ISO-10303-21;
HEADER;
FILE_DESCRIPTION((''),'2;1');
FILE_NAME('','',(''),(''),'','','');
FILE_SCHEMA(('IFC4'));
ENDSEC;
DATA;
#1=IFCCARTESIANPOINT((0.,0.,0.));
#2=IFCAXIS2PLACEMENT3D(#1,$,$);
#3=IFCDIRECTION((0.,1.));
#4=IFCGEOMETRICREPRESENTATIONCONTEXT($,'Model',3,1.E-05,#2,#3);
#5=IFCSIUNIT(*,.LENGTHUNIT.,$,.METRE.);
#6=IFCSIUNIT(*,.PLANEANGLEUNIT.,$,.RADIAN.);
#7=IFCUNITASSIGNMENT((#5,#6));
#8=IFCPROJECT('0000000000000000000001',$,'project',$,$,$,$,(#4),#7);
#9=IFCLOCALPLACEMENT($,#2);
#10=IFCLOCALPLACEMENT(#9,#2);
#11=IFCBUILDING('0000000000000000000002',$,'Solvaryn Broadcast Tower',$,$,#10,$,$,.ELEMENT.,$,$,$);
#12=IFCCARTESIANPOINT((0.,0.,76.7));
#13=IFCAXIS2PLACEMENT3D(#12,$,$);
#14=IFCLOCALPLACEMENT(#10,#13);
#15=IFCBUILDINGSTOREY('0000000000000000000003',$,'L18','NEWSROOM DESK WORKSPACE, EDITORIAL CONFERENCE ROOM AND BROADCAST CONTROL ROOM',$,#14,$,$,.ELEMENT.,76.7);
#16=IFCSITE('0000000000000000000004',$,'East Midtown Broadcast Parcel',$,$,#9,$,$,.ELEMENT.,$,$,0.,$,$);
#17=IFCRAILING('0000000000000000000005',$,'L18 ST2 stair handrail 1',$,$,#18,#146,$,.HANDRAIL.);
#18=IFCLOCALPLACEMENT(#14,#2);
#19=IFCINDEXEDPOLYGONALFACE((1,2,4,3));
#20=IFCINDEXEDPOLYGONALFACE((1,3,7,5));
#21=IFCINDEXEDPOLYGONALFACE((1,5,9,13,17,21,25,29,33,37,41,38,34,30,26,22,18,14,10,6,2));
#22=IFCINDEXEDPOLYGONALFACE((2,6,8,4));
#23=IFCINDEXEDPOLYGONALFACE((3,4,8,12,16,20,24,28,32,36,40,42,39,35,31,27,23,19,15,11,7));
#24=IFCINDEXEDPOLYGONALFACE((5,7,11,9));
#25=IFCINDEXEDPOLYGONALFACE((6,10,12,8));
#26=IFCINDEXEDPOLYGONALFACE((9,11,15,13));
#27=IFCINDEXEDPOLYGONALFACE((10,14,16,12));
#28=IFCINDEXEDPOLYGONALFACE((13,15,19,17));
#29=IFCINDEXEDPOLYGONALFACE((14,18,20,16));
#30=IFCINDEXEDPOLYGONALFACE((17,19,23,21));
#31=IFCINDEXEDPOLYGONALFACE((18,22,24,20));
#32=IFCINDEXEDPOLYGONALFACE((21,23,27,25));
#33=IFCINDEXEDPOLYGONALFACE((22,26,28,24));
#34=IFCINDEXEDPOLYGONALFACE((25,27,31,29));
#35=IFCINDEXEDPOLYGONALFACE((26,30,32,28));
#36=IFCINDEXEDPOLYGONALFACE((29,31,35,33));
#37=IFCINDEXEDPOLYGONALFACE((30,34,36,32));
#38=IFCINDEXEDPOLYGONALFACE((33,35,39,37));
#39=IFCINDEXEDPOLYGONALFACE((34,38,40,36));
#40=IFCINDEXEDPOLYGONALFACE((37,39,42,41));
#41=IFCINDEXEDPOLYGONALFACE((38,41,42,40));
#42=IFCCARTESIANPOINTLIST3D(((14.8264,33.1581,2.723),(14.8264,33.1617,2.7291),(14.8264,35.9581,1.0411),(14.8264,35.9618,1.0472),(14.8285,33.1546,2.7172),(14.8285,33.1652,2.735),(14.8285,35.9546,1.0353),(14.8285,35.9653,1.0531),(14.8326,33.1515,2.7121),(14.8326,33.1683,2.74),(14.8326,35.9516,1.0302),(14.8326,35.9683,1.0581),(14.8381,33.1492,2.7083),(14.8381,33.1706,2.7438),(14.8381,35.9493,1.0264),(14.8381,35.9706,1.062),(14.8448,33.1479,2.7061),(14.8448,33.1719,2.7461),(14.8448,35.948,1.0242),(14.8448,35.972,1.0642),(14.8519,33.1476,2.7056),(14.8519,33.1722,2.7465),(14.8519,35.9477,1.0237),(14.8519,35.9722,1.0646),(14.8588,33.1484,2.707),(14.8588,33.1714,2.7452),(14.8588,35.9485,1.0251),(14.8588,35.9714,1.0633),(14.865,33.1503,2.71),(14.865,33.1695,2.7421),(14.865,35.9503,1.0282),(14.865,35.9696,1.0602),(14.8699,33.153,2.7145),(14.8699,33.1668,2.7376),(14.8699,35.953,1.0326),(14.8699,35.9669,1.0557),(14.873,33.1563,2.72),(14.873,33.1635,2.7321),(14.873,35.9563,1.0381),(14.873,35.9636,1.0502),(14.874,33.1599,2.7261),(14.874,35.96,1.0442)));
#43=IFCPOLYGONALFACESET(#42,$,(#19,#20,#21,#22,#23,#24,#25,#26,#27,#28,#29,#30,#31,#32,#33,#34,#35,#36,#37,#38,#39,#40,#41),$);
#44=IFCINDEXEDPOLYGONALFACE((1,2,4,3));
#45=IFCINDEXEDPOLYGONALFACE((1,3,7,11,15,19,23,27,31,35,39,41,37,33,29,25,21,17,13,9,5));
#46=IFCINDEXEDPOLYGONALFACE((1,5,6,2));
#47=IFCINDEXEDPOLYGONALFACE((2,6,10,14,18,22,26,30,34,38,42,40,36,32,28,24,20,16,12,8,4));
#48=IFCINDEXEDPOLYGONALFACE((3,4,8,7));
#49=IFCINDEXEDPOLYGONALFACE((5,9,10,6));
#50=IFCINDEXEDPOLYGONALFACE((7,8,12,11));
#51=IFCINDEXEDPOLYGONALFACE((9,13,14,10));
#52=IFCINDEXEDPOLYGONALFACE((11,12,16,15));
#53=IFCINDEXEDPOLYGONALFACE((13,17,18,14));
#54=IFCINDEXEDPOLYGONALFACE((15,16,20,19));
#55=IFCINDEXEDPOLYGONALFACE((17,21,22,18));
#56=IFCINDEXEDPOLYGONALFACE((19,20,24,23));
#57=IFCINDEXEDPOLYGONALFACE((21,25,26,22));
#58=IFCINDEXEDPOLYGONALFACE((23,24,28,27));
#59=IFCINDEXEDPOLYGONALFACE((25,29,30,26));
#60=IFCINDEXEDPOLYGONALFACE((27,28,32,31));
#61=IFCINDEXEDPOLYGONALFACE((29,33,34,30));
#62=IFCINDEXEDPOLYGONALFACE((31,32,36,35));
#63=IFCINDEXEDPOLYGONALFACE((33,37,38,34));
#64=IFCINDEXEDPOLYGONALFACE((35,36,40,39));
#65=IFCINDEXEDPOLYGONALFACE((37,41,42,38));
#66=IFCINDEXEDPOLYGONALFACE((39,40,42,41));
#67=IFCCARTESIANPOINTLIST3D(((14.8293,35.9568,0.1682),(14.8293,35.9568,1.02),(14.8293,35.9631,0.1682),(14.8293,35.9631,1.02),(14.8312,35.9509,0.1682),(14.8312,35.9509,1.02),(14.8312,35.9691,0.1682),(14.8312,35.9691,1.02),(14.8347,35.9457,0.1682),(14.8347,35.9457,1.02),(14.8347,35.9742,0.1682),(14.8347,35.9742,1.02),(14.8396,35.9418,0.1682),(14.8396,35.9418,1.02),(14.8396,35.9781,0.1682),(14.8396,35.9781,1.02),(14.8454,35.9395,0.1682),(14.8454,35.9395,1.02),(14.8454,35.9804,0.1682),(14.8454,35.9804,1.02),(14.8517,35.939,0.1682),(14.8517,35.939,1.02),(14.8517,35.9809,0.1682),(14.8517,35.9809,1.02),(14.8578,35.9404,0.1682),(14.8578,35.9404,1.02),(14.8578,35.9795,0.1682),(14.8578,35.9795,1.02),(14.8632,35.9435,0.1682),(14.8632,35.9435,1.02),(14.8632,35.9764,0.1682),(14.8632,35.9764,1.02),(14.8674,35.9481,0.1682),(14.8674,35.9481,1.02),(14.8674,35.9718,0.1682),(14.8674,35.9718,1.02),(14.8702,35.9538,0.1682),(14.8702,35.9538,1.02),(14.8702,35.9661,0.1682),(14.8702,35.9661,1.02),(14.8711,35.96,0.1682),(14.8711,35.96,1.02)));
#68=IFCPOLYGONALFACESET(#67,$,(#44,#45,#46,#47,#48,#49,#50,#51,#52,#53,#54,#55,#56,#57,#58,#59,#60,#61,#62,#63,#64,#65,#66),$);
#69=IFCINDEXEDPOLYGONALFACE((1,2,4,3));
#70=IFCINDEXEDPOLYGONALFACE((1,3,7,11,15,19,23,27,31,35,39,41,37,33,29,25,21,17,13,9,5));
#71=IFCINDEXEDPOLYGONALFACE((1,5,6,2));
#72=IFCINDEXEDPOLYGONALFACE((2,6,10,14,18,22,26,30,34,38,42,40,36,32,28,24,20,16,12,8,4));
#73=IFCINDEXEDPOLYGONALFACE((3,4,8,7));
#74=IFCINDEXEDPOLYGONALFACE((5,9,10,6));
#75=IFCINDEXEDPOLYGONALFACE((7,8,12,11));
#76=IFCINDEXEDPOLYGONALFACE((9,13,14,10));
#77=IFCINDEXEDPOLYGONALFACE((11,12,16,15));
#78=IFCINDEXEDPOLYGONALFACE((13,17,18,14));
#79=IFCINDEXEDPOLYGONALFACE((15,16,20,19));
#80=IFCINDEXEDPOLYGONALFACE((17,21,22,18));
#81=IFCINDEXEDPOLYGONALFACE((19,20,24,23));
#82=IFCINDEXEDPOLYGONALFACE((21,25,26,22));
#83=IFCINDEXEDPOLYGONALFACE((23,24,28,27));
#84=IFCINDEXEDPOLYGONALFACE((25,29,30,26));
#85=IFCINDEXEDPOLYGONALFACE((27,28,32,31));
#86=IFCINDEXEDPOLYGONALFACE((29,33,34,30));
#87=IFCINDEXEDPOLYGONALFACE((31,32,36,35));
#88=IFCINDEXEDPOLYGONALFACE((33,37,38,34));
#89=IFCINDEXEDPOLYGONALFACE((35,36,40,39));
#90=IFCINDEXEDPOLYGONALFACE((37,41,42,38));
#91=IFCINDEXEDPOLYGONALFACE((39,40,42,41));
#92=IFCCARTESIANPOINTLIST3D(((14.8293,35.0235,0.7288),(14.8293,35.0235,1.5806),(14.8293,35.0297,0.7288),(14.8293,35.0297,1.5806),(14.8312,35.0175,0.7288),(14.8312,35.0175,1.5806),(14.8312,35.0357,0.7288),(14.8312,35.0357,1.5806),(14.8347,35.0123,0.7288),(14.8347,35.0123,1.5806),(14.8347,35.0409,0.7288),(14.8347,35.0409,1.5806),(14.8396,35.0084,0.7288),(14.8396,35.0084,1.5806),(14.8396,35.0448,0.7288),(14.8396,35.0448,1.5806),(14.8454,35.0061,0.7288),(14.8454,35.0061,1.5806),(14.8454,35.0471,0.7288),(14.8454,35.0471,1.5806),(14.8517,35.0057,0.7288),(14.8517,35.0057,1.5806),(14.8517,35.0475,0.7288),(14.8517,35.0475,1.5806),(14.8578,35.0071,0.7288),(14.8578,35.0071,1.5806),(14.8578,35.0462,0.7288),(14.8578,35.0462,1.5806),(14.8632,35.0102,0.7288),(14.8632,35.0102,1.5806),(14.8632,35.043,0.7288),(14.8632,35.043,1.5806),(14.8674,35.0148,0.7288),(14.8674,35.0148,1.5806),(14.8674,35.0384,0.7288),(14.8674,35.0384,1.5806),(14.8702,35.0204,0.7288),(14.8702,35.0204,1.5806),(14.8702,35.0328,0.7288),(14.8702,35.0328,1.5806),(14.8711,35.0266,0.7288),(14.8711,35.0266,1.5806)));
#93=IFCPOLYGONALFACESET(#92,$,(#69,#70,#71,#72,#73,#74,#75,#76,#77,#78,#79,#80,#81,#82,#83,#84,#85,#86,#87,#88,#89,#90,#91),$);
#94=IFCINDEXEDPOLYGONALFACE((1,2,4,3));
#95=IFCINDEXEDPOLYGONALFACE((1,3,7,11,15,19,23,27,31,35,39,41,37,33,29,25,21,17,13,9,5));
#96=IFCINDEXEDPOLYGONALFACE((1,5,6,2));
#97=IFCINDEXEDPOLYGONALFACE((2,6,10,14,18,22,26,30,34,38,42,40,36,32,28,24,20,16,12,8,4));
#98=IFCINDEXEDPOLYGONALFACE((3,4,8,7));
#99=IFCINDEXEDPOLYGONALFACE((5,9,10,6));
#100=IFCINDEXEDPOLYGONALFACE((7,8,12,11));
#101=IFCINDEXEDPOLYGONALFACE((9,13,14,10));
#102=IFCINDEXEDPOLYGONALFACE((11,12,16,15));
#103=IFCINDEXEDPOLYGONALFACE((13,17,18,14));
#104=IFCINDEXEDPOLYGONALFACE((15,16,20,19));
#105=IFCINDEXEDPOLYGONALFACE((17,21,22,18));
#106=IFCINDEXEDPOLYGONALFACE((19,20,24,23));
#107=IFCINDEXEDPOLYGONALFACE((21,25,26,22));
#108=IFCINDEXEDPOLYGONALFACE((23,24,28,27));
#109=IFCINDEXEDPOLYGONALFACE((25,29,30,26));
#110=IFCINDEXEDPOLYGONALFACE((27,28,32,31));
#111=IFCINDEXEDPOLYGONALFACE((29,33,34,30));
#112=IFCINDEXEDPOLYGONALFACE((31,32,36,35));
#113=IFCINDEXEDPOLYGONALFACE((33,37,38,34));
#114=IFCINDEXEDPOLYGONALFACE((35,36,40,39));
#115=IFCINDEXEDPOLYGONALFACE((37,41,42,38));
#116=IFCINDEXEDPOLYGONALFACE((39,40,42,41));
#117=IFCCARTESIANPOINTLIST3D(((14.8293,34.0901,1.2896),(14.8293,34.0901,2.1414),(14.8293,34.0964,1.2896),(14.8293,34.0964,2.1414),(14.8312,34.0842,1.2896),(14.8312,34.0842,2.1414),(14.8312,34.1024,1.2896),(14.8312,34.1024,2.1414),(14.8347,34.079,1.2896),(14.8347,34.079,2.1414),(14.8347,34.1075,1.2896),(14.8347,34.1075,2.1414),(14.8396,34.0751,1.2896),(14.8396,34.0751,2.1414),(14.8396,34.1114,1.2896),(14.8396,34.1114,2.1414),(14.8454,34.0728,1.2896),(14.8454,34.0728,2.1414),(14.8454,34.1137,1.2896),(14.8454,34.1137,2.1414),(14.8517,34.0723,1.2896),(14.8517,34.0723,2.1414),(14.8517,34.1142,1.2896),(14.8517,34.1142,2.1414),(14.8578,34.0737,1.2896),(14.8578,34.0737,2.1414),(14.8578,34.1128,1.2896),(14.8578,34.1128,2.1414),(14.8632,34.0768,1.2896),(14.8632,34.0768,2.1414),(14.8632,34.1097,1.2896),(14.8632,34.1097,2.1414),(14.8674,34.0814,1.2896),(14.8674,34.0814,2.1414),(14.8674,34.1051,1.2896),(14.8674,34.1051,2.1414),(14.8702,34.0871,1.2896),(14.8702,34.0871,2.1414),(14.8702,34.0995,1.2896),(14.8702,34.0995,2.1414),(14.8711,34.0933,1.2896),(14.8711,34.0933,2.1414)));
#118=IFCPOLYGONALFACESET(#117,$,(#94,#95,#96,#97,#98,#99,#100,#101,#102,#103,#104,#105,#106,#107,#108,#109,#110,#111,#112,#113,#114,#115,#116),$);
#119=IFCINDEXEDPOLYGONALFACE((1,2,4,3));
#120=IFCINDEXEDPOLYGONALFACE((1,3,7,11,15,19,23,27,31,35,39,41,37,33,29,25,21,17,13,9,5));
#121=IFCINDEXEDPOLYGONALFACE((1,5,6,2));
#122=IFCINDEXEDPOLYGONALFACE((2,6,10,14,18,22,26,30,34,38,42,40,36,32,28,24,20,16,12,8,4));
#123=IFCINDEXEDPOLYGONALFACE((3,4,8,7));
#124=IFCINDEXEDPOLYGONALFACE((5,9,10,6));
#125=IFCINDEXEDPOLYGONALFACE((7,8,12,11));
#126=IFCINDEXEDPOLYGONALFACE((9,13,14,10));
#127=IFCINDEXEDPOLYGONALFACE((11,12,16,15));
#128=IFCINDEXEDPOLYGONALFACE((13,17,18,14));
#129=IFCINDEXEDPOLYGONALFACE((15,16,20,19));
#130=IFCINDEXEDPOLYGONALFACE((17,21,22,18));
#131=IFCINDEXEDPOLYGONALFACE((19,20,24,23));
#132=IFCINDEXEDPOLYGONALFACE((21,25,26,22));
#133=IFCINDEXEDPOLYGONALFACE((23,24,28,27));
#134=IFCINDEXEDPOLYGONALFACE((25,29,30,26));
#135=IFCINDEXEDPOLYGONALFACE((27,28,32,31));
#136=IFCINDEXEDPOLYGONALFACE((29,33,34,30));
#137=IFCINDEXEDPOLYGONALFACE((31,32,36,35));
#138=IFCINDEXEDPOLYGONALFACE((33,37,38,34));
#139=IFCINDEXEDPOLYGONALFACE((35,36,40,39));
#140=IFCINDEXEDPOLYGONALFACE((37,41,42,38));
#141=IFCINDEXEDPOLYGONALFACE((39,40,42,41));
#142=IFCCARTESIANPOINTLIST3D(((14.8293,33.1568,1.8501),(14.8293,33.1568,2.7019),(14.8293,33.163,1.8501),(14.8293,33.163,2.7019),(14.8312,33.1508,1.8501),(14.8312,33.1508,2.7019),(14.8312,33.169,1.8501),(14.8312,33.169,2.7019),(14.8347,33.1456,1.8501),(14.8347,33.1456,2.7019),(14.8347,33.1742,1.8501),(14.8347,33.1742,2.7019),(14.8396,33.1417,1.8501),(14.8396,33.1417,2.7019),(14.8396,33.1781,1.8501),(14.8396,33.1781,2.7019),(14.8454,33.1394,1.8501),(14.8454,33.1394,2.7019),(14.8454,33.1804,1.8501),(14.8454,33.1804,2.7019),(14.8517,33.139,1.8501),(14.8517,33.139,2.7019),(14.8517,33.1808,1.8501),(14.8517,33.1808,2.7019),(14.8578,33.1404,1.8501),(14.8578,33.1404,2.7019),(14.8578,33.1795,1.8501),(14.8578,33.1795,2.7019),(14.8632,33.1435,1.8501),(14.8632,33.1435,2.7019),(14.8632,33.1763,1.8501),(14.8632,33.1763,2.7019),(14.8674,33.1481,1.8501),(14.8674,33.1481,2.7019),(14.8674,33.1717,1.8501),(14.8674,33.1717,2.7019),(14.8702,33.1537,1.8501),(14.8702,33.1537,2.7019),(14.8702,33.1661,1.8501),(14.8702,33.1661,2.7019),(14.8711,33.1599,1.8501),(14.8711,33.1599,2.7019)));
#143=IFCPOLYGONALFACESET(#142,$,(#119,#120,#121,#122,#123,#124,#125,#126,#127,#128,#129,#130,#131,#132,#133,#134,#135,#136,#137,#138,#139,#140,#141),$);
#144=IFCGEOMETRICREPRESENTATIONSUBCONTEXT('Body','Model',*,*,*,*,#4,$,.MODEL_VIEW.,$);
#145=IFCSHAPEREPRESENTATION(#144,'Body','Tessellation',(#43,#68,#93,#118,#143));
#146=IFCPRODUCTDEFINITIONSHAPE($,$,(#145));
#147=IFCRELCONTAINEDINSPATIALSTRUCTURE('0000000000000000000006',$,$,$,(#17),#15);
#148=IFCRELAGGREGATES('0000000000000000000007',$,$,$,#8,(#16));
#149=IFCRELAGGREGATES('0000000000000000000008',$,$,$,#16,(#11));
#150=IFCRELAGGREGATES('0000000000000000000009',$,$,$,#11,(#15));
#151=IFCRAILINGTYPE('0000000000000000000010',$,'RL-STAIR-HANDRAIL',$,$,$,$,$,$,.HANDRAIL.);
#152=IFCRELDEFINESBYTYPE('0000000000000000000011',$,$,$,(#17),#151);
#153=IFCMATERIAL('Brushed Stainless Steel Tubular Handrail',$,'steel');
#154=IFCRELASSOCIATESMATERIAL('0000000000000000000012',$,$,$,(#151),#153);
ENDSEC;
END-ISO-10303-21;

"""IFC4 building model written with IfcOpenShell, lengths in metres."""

from ifc_helpers import new_model, si_unit, direction, frame, origin, origin_2d, place, context, subcontext, project, spatial, circle, extrude, material, type_object, element, save


model = new_model("IFC4")

# Units and contexts
model_context = context("Model", 3, precision=1e-05, world=origin(), true_north=direction((0.0, 1.0)))
body_context = subcontext(model_context, "Body", "Model", "MODEL_VIEW")
ifc_project = project(units=[si_unit("LENGTHUNIT", "METRE"), si_unit("PLANEANGLEUNIT", "RADIAN")], contexts=[model_context])

# Site, building, storey
site_placement = place(None, origin())
site = spatial("IfcSite", under=ifc_project, at=site_placement, Name="East Midtown Broadcast Parcel", CompositionType="ELEMENT", RefElevation=0.0)
building_placement = place(site_placement, origin())
building = spatial("IfcBuilding", under=site, at=building_placement, Name="Solvaryn Broadcast Tower", CompositionType="ELEMENT")
storey_placement = place(building_placement, frame((0.0, 0.0, 76.7)))
storey = spatial("IfcBuildingStorey", under=building, at=storey_placement, Name="L18", Description="NEWSROOM DESK WORKSPACE, EDITORIAL CONFERENCE ROOM AND BROADCAST CONTROL ROOM", CompositionType="ELEMENT", Elevation=76.7)

# Railing
ifc_material_1 = material(Name="Brushed Stainless Steel Tubular Handrail", Category="steel")
railing_type_1 = type_object("IfcRailingType", Name="RL-STAIR-HANDRAIL", PredefinedType="HANDRAIL", material=ifc_material_1)
railing_1_placement = place(storey_placement, frame((14.8501, 35.96, 0.1682)))
element("IfcRailing", 1, at=railing_1_placement, inside=storey, type_object=railing_type_1, Name="L18 ST2 stair handrail 1", PredefinedType="HANDRAIL", context=body_context, shape_type="SweptSolid", body=[
    extrude(circle(Radius=0.0239, at=origin_2d()), frame((0.0, 0.0, 0.876), z_axis=(0.0, -0.857242, 0.514913), x_axis=(1.0, 0.0, 0.0)), (0.0, 0.0, 1.0), 3.2664),
    extrude(circle(Radius=0.021, at=origin_2d()), origin(), (0.0, 0.0, 1.0), 0.8518),
    extrude(circle(Radius=0.021, at=origin_2d()), frame((0.0, -0.9333, 0.5605)), (0.0, 0.0, 1.0), 0.8518),
    extrude(circle(Radius=0.021, at=origin_2d()), frame((0.0, -1.8667, 1.1213)), (0.0, 0.0, 1.0), 0.8518),
    extrude(circle(Radius=0.021, at=origin_2d()), frame((0.0, -2.8, 1.6819)), (0.0, 0.0, 1.0), 0.8518),
])

save(model, "model.ifc")
